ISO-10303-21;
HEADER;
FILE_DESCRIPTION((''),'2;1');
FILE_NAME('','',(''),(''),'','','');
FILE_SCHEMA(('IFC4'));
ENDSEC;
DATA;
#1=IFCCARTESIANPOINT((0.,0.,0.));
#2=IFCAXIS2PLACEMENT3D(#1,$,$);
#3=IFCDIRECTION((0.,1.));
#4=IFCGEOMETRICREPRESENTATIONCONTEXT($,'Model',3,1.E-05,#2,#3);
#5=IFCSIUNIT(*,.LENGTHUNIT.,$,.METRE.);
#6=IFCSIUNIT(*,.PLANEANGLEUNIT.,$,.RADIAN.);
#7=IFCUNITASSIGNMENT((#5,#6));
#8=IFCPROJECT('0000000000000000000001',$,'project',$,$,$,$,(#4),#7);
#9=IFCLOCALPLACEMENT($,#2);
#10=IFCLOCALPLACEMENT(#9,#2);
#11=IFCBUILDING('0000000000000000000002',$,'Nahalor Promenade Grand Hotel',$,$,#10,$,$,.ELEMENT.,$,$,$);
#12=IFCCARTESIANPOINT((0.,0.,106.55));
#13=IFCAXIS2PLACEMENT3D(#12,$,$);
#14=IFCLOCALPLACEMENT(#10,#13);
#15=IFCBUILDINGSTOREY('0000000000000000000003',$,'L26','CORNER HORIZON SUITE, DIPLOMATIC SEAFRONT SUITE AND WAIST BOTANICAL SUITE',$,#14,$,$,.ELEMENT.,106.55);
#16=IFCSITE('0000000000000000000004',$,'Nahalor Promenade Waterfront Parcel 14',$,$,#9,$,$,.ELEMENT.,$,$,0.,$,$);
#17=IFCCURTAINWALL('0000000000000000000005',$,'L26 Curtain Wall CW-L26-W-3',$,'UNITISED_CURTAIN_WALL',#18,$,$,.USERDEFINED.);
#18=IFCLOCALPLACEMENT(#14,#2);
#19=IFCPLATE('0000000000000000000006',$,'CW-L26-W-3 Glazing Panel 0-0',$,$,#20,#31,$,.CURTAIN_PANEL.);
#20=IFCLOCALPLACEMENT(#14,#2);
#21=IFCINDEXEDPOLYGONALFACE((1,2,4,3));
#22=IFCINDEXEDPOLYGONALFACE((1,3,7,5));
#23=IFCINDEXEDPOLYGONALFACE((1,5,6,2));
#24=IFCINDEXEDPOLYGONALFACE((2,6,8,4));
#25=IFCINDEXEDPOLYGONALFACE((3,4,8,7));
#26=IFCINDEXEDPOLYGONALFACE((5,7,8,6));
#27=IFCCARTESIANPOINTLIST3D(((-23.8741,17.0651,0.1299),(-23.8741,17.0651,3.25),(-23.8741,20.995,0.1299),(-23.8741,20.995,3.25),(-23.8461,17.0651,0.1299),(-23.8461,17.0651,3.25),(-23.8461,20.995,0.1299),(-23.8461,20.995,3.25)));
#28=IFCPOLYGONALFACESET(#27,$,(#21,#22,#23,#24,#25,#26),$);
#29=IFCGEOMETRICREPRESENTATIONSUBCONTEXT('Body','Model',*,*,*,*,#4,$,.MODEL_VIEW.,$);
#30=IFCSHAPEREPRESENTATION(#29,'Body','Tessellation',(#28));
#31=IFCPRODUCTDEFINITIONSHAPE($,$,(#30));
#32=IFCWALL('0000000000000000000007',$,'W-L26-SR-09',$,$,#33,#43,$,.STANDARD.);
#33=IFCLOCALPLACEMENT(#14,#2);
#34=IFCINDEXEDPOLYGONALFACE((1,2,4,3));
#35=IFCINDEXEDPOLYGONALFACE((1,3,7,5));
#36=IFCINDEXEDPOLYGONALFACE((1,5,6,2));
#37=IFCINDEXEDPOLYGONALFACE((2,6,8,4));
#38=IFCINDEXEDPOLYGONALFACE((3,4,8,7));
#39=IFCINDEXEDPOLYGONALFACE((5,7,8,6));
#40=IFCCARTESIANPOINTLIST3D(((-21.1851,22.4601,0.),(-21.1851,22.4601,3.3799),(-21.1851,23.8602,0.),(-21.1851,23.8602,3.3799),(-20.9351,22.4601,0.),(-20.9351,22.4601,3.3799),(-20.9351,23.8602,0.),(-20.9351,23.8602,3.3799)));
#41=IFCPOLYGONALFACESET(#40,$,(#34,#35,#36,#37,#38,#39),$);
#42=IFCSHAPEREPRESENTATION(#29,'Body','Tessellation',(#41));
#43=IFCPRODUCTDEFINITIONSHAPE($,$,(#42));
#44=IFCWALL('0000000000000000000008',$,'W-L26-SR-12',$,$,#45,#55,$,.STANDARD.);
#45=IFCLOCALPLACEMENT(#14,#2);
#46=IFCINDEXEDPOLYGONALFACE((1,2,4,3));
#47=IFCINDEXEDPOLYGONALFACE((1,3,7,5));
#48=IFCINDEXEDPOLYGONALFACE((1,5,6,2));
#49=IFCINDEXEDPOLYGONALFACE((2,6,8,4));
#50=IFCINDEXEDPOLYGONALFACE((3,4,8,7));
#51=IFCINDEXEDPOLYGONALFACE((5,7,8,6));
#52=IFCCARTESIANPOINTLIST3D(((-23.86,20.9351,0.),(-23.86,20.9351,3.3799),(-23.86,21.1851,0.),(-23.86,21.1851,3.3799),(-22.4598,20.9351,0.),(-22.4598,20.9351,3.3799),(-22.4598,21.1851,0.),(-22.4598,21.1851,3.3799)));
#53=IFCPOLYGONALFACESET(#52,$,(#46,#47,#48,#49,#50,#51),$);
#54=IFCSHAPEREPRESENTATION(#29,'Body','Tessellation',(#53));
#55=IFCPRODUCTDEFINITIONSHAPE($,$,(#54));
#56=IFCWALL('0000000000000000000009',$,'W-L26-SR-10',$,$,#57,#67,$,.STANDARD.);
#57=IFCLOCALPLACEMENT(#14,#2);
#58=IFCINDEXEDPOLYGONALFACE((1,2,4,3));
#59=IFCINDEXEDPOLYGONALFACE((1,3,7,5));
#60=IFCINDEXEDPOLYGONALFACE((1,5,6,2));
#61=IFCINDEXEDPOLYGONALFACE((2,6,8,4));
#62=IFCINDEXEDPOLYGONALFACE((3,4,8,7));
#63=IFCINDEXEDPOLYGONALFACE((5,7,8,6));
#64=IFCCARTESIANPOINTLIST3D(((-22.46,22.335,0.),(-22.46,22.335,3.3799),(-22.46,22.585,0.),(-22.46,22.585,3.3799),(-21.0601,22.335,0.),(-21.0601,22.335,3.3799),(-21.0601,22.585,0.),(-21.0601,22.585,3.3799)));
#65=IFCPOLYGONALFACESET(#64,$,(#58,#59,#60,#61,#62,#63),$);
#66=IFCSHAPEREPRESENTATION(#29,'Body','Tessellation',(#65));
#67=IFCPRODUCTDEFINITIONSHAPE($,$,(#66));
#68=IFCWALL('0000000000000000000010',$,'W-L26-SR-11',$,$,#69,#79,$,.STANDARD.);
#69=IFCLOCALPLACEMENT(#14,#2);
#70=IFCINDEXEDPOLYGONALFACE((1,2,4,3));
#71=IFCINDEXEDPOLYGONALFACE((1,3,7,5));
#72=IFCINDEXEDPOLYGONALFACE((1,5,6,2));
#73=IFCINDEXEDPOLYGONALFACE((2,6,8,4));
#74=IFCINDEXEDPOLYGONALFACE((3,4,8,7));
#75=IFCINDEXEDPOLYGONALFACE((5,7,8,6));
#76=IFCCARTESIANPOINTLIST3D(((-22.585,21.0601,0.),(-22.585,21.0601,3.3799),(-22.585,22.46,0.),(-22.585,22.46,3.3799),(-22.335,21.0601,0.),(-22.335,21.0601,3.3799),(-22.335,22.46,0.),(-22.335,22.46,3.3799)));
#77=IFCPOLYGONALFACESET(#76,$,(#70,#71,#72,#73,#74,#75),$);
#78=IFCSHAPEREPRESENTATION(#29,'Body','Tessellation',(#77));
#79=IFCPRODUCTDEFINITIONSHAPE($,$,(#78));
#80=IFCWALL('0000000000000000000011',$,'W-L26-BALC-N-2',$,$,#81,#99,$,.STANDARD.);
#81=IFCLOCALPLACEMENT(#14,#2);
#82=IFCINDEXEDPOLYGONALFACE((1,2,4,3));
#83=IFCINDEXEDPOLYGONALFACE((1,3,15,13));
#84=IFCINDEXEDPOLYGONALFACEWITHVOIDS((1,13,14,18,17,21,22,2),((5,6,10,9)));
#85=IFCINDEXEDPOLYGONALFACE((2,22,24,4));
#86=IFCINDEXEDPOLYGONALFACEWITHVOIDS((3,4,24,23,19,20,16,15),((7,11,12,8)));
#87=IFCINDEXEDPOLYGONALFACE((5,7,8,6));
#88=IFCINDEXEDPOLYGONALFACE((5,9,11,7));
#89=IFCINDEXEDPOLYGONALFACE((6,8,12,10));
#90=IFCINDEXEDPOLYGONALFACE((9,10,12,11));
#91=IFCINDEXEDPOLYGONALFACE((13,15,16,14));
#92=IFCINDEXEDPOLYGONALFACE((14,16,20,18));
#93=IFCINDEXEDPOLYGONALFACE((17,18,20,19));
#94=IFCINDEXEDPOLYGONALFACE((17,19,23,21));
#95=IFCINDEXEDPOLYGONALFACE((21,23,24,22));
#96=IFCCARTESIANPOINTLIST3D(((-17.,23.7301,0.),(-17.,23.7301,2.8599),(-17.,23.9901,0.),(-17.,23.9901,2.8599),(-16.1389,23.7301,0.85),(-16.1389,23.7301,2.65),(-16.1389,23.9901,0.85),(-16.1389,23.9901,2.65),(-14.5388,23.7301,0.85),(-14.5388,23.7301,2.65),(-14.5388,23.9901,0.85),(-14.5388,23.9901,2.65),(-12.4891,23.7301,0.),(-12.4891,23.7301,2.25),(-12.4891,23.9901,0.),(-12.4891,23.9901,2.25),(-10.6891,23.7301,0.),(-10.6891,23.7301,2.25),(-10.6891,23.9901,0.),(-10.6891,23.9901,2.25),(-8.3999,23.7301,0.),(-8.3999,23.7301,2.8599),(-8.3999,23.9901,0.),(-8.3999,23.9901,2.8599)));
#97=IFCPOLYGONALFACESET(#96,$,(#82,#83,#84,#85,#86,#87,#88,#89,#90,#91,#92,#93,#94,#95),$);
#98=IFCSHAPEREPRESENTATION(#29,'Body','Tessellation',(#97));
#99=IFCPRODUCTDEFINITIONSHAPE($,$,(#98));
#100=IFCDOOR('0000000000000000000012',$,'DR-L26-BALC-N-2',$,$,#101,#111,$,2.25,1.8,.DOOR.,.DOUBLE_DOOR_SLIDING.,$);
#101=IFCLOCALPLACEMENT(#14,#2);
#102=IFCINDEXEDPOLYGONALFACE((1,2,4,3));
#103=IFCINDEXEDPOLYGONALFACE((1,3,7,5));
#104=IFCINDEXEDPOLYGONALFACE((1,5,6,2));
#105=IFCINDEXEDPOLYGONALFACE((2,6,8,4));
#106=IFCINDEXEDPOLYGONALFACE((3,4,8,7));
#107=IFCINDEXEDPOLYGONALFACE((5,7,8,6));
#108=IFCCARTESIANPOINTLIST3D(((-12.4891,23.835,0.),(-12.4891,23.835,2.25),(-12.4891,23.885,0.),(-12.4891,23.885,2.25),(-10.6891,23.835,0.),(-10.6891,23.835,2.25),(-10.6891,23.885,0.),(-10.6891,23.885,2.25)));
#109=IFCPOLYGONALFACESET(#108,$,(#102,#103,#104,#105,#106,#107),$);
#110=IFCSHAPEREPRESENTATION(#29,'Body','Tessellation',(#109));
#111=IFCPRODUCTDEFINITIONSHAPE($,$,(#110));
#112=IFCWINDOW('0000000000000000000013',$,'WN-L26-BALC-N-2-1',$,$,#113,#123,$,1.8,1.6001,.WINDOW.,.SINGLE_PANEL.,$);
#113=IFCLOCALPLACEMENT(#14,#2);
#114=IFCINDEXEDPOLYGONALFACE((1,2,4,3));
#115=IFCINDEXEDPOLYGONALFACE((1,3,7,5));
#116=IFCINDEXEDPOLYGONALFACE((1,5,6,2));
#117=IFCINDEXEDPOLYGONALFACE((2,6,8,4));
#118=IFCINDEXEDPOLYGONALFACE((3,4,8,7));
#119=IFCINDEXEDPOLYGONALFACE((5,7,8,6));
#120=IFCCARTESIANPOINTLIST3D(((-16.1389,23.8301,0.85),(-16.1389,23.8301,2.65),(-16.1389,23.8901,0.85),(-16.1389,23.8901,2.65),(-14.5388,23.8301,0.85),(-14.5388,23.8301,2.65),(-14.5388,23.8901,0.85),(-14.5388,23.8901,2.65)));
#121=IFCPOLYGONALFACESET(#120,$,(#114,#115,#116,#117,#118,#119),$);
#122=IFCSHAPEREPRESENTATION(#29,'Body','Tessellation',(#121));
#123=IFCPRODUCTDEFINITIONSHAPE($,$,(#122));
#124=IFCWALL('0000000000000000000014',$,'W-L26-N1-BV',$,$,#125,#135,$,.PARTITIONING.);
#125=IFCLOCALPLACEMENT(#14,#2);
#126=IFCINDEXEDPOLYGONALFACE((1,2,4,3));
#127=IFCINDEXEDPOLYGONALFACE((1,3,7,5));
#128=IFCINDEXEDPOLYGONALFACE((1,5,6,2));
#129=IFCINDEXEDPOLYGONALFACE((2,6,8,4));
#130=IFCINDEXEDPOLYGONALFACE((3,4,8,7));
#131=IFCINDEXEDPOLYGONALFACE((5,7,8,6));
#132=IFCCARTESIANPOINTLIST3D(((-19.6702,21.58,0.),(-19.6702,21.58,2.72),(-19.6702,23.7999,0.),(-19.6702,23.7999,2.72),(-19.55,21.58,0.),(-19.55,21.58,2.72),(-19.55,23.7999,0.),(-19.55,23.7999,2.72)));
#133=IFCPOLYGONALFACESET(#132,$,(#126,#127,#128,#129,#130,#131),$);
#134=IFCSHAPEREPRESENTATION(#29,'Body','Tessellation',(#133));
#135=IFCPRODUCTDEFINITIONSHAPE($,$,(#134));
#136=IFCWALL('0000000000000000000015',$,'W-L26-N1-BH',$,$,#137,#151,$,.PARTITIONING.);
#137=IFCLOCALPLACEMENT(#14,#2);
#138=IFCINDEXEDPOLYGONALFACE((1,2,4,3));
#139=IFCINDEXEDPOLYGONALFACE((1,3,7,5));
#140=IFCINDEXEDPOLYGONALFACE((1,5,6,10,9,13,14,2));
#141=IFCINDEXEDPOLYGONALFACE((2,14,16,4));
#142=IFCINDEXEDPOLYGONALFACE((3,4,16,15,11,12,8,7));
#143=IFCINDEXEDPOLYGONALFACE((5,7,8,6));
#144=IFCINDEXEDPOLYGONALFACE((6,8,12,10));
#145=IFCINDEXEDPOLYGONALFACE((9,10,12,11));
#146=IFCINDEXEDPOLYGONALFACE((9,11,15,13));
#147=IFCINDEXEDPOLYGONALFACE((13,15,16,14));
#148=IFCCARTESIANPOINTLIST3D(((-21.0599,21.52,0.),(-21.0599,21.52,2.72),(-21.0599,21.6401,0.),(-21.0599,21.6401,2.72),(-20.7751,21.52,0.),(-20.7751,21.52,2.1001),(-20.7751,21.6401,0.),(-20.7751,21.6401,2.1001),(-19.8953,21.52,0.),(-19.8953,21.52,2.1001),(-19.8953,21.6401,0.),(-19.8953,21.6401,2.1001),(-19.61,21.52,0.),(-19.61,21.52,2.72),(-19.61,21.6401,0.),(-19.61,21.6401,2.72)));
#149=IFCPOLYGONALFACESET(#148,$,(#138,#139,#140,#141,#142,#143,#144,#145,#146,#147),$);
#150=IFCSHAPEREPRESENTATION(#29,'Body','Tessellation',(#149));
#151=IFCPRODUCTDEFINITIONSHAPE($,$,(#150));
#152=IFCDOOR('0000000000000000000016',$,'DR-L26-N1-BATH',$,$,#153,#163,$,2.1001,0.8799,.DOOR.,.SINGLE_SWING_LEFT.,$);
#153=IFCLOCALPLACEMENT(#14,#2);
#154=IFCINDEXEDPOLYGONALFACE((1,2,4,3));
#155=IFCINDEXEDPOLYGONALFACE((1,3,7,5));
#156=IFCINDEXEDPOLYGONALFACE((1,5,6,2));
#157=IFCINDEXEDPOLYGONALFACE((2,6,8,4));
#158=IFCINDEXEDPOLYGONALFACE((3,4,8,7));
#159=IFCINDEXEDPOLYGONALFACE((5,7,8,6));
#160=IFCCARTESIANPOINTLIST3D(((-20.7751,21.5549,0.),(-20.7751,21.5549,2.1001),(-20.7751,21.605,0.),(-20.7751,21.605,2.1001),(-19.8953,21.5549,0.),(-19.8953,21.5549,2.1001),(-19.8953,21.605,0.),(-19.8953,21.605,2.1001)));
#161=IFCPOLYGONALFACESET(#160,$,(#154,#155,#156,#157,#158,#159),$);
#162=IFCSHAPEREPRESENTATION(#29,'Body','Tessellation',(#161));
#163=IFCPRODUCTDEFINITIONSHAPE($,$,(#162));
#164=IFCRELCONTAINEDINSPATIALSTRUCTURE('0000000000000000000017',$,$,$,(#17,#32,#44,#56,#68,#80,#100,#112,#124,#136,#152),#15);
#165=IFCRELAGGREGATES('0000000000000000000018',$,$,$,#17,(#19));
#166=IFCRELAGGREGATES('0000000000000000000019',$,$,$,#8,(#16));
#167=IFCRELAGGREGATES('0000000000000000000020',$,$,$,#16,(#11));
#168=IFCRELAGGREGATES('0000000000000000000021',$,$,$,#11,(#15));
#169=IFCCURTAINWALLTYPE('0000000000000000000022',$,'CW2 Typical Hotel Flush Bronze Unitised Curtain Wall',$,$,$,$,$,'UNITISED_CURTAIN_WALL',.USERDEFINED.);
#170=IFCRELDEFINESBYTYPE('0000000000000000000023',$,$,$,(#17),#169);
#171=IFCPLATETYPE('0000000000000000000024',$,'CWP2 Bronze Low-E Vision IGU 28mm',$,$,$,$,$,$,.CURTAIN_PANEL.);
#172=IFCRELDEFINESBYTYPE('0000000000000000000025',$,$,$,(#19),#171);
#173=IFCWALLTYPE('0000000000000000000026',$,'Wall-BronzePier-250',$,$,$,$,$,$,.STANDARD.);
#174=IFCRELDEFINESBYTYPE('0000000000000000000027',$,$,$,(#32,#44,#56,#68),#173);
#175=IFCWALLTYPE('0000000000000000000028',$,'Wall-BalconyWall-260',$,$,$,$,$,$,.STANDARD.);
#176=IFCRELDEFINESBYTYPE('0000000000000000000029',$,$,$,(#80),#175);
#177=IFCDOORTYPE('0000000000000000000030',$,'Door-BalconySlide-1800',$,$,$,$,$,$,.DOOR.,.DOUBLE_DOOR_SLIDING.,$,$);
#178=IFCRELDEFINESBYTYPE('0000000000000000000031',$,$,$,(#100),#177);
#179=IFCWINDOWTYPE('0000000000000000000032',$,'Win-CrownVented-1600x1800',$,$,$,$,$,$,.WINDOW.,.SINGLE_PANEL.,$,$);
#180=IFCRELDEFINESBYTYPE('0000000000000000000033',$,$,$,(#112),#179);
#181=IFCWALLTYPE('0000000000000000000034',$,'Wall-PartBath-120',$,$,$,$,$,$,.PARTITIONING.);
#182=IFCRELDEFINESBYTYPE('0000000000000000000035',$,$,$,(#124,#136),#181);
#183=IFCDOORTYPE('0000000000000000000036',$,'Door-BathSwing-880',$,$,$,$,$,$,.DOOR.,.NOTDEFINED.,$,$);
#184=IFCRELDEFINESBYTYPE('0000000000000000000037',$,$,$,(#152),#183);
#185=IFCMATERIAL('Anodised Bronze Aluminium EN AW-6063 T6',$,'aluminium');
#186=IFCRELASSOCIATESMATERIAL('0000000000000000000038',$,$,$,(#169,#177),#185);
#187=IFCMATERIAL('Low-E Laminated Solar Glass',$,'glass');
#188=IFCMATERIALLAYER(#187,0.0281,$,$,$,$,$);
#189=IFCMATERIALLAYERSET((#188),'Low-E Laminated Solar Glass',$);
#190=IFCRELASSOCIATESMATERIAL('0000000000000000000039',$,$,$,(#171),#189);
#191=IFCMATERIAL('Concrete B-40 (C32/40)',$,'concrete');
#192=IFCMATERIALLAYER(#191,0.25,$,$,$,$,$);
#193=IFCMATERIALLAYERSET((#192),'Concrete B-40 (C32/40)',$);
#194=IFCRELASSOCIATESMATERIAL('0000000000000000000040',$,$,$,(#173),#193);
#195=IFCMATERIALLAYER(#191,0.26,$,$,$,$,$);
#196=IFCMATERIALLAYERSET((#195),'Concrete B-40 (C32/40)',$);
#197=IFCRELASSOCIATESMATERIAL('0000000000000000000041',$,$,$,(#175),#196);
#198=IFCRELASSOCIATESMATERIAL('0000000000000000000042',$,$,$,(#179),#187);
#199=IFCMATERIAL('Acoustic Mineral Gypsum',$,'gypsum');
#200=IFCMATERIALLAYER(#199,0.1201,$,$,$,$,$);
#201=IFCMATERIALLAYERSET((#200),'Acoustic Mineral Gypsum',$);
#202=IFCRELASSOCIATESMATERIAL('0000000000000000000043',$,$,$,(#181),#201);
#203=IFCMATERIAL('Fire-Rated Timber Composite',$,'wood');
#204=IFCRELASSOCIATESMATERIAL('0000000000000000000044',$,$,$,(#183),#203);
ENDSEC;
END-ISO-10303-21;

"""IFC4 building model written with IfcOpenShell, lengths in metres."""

from ifc_helpers import new_model, si_unit, direction, frame, frame_2d, origin, origin_2d, place, context, subcontext, project, spatial, rectangle, extrude, source, transform, mapped, material, layer, layer_set, type_object, element, fill, aggregate, save


model = new_model("IFC4")

# Units and contexts
model_context = context("Model", 3, precision=1e-05, world=origin(), true_north=direction((0.0, 1.0)))
body_context = subcontext(model_context, "Body", "Model", "MODEL_VIEW")
ifc_project = project(units=[si_unit("LENGTHUNIT", "METRE"), si_unit("PLANEANGLEUNIT", "RADIAN")], contexts=[model_context])

# Site, building, storey
site_placement = place(None, origin())
site = spatial("IfcSite", under=ifc_project, at=site_placement, Name="Nahalor Promenade Waterfront Parcel 14", CompositionType="ELEMENT", RefElevation=0.0)
building_placement = place(site_placement, origin())
building = spatial("IfcBuilding", under=site, at=building_placement, Name="Nahalor Promenade Grand Hotel", CompositionType="ELEMENT")
storey_placement = place(building_placement, frame((0.0, 0.0, 106.55)))
storey = spatial("IfcBuildingStorey", under=building, at=storey_placement, Name="L26", Description="CORNER HORIZON SUITE, DIPLOMATIC SEAFRONT SUITE AND WAIST BOTANICAL SUITE", CompositionType="ELEMENT", Elevation=106.55)

# Curtain wall
ifc_material_1 = material(Name="Anodised Bronze Aluminium EN AW-6063 T6", Category="aluminium")
curtain_wall_type = type_object("IfcCurtainWallType", Name="CW2 Typical Hotel Flush Bronze Unitised Curtain Wall", ElementType="UNITISED_CURTAIN_WALL", PredefinedType="USERDEFINED", material=ifc_material_1)
curtain_wall_1_placement = place(storey_placement, origin())
curtain_wall_1 = element("IfcCurtainWall", 1, at=curtain_wall_1_placement, inside=storey, type_object=curtain_wall_type, Name="L26 Curtain Wall CW-L26-W-3", ObjectType="UNITISED_CURTAIN_WALL", PredefinedType="USERDEFINED")

# Plate
ifc_material_2 = material(Name="Low-E Laminated Solar Glass", Category="glass")
ifc_layer_1 = layer(ifc_material_2, 0.0281)
ifc_layer_set_1 = layer_set([ifc_layer_1], Name="Low-E Laminated Solar Glass")
plate_type = type_object("IfcPlateType", Name="CWP2 Bronze Low-E Vision IGU 28mm", PredefinedType="CURTAIN_PANEL", material=ifc_layer_set_1)
shared_shape_1 = source(origin(), body_context, "Body", "SweptSolid", [
    extrude(rectangle(XDim=3.9299, YDim=0.0281, at=origin_2d()), origin(), (0.0, 0.0, 1.0), 3.1201),
])
plate_1_placement = place(storey_placement, frame((-23.8601, 19.03, 0.1299), z_axis=(0.0, 0.0, 1.0), x_axis=(0.0, 1.0, 0.0)))
plate_1 = element("IfcPlate", 2, at=plate_1_placement, type_object=plate_type, Name="CW-L26-W-3 Glazing Panel 0-0", PredefinedType="CURTAIN_PANEL", context=body_context, shape_type="MappedRepresentation", body=[
    mapped(shared_shape_1, transform((0.0, 0.0, 0.0), scale=1.0)),
])
aggregate(curtain_wall_1, [plate_1])

# Walls
ifc_material_3 = material(Name="Concrete B-40 (C32/40)", Category="concrete")
ifc_layer_2 = layer(ifc_material_3, 0.25)
ifc_layer_set_2 = layer_set([ifc_layer_2], Name="Concrete B-40 (C32/40)")
wall_type_1 = type_object("IfcWallType", Name="Wall-BronzePier-250", PredefinedType="STANDARD", material=ifc_layer_set_2)
shared_shape_2 = source(origin(), body_context, "Body", "SweptSolid", [
    extrude(rectangle(XDim=1.4001, YDim=0.25, at=frame_2d((0.7002, 0.0))), origin(), (0.0, 0.0, 1.0), 3.3799),
])
for number, where, z_axis, x_axis, name in (
    (3, (-21.0601, 22.46, 0.0), (0.0, 0.0, 1.0), (0.0, 1.0, 0.0), "W-L26-SR-09"),
    (4, (-23.8601, 21.0601, 0.0), (0.0, 0.0, 1.0), (1.0, 0.0, 0.0), "W-L26-SR-12"),
):
    element("IfcWall", number, at=place(storey_placement, frame(where, z_axis=z_axis, x_axis=x_axis)), inside=storey, type_object=wall_type_1, Name=name, PredefinedType="STANDARD", context=body_context, shape_type="MappedRepresentation", body=[
        mapped(shared_shape_2, transform((0.0, 0.0, 0.0), scale=1.0)),
    ])
shared_shape_3 = source(origin(), body_context, "Body", "SweptSolid", [
    extrude(rectangle(XDim=1.3999, YDim=0.25, at=frame_2d((0.7, 0.0))), origin(), (0.0, 0.0, 1.0), 3.3799),
])
for number, where, z_axis, x_axis, name in (
    (5, (-22.46, 22.46, 0.0), (0.0, 0.0, 1.0), (1.0, 0.0, 0.0), "W-L26-SR-10"),
    (6, (-22.46, 21.0601, 0.0), (0.0, 0.0, 1.0), (0.0, 1.0, 0.0), "W-L26-SR-11"),
):
    element("IfcWall", number, at=place(storey_placement, frame(where, z_axis=z_axis, x_axis=x_axis)), inside=storey, type_object=wall_type_1, Name=name, PredefinedType="STANDARD", context=body_context, shape_type="MappedRepresentation", body=[
        mapped(shared_shape_3, transform((0.0, 0.0, 0.0), scale=1.0)),
    ])

# Wall, openings, door, window
ifc_layer_3 = layer(ifc_material_3, 0.26)
ifc_layer_set_3 = layer_set([ifc_layer_3], Name="Concrete B-40 (C32/40)")
wall_type_2 = type_object("IfcWallType", Name="Wall-BalconyWall-260", PredefinedType="STANDARD", material=ifc_layer_set_3)
shared_shape_4 = source(origin(), body_context, "Body", "SweptSolid", [
    extrude(rectangle(XDim=8.6001, YDim=0.26, at=frame_2d((4.3, 0.0))), origin(), (0.0, 0.0, 1.0), 2.8599),
])
wall_1_placement = place(storey_placement, frame((-17.0, 23.8601, 0.0), z_axis=(0.0, 0.0, 1.0), x_axis=(1.0, 0.0, 0.0)))
wall_1 = element("IfcWall", 7, at=wall_1_placement, inside=storey, type_object=wall_type_2, Name="W-L26-BALC-N-2", PredefinedType="STANDARD", context=body_context, shape_type="MappedRepresentation", body=[
    mapped(shared_shape_4, transform((0.0, 0.0, 0.0), scale=1.0)),
])
opening_1_placement = place(wall_1_placement, frame((4.511, 0.0, 0.0)))
opening_1 = element("IfcOpeningElement", 8, at=opening_1_placement, cuts=wall_1, PredefinedType="OPENING", context=body_context, shape_type="SweptSolid", body=[
    extrude(rectangle(XDim=1.8, YDim=2.25, at=frame_2d((0.8999, 1.125))), frame((0.0, 0.1399, 0.0), z_axis=(0.0, -1.0, 0.0), x_axis=(1.0, 0.0, 0.0)), (0.0, 0.0, 1.0), 0.28),
])
opening_2_placement = place(wall_1_placement, frame((0.8611, 0.0, 0.8501)))
opening_2 = element("IfcOpeningElement", 9, at=opening_2_placement, cuts=wall_1, PredefinedType="OPENING", context=body_context, shape_type="SweptSolid", body=[
    extrude(rectangle(XDim=1.6001, YDim=1.8, at=frame_2d((0.8, 0.8999))), frame((0.0, 0.1399, 0.0), z_axis=(0.0, -1.0, 0.0), x_axis=(1.0, 0.0, 0.0)), (0.0, 0.0, 1.0), 0.28),
])
door_type_1 = type_object("IfcDoorType", Name="Door-BalconySlide-1800", OperationType="DOUBLE_DOOR_SLIDING", PredefinedType="DOOR", material=ifc_material_1)
shared_shape_5 = source(origin(), body_context, "Body", "SweptSolid", [
    extrude(rectangle(XDim=1.8, YDim=2.25, at=frame_2d((0.8999, 1.125))), frame((0.0, 0.0249, 0.0), z_axis=(0.0, -1.0, 0.0), x_axis=(1.0, 0.0, 0.0)), (0.0, 0.0, 1.0), 0.05),
])
door_1_placement = place(opening_1_placement, origin())
door_1 = element("IfcDoor", 10, at=door_1_placement, inside=storey, type_object=door_type_1, Name="DR-L26-BALC-N-2", OperationType="DOUBLE_DOOR_SLIDING", OverallHeight=2.25, OverallWidth=1.8, PredefinedType="DOOR", context=body_context, shape_type="MappedRepresentation", body=[
    mapped(shared_shape_5, transform((0.0, 0.0, 0.0), scale=1.0)),
])
fill(opening_1, door_1)
window_type = type_object("IfcWindowType", Name="Win-CrownVented-1600x1800", PartitioningType="SINGLE_PANEL", PredefinedType="WINDOW", material=ifc_material_2)
shared_shape_6 = source(origin(), body_context, "Body", "SweptSolid", [
    extrude(rectangle(XDim=1.6001, YDim=1.8, at=frame_2d((0.8, 0.8999))), frame((0.0, 0.03, 0.0), z_axis=(0.0, -1.0, 0.0), x_axis=(1.0, 0.0, 0.0)), (0.0, 0.0, 1.0), 0.0601),
])
window_placement = place(opening_2_placement, origin())
window = element("IfcWindow", 11, at=window_placement, inside=storey, type_object=window_type, Name="WN-L26-BALC-N-2-1", OverallHeight=1.8, OverallWidth=1.6001, PartitioningType="SINGLE_PANEL", PredefinedType="WINDOW", context=body_context, shape_type="MappedRepresentation", body=[
    mapped(shared_shape_6, transform((0.0, 0.0, 0.0), scale=1.0)),
])
fill(opening_2, window)

# Wall
ifc_material_4 = material(Name="Acoustic Mineral Gypsum", Category="gypsum")
ifc_layer_4 = layer(ifc_material_4, 0.1201)
ifc_layer_set_4 = layer_set([ifc_layer_4], Name="Acoustic Mineral Gypsum")
wall_type_3 = type_object("IfcWallType", Name="Wall-PartBath-120", PredefinedType="PARTITIONING", material=ifc_layer_set_4)
shared_shape_7 = source(origin(), body_context, "Body", "SweptSolid", [
    extrude(rectangle(XDim=2.22, YDim=0.1201, at=frame_2d((1.1099, 0.0))), origin(), (0.0, 0.0, 1.0), 2.72),
])
wall_2_placement = place(storey_placement, frame((-19.6101, 21.5801, 0.0), z_axis=(0.0, 0.0, 1.0), x_axis=(0.0, 1.0, 0.0)))
element("IfcWall", 12, at=wall_2_placement, inside=storey, type_object=wall_type_3, Name="W-L26-N1-BV", PredefinedType="PARTITIONING", context=body_context, shape_type="MappedRepresentation", body=[
    mapped(shared_shape_7, transform((0.0, 0.0, 0.0), scale=1.0)),
])

# Wall, opening, door
shared_shape_8 = source(origin(), body_context, "Body", "SweptSolid", [
    extrude(rectangle(XDim=1.45, YDim=0.1201, at=frame_2d((0.7251, 0.0))), origin(), (0.0, 0.0, 1.0), 2.72),
])
wall_3_placement = place(storey_placement, frame((-21.0601, 21.5801, 0.0), z_axis=(0.0, 0.0, 1.0), x_axis=(1.0, 0.0, 0.0)))
wall_3 = element("IfcWall", 13, at=wall_3_placement, inside=storey, type_object=wall_type_3, Name="W-L26-N1-BH", PredefinedType="PARTITIONING", context=body_context, shape_type="MappedRepresentation", body=[
    mapped(shared_shape_8, transform((0.0, 0.0, 0.0), scale=1.0)),
])
opening_3_placement = place(wall_3_placement, frame((0.2849, 0.0, 0.0)))
opening_3 = element("IfcOpeningElement", 14, at=opening_3_placement, cuts=wall_3, PredefinedType="OPENING", context=body_context, shape_type="SweptSolid", body=[
    extrude(rectangle(XDim=0.8799, YDim=2.1001, at=frame_2d((0.4399, 1.05))), frame((0.0, 0.0701, 0.0), z_axis=(0.0, -1.0, 0.0), x_axis=(1.0, 0.0, 0.0)), (0.0, 0.0, 1.0), 0.1401),
])
ifc_material_5 = material(Name="Fire-Rated Timber Composite", Category="wood")
door_type_2 = type_object("IfcDoorType", Name="Door-BathSwing-880", OperationType="NOTDEFINED", PredefinedType="DOOR", material=ifc_material_5)
shared_shape_9 = source(origin(), body_context, "Body", "SweptSolid", [
    extrude(rectangle(XDim=0.8799, YDim=2.1001, at=frame_2d((0.4399, 1.05))), frame((0.0, 0.0249, 0.0), z_axis=(0.0, -1.0, 0.0), x_axis=(1.0, 0.0, 0.0)), (0.0, 0.0, 1.0), 0.05),
])
door_2_placement = place(opening_3_placement, origin())
door_2 = element("IfcDoor", 15, at=door_2_placement, inside=storey, type_object=door_type_2, Name="DR-L26-N1-BATH", OperationType="SINGLE_SWING_LEFT", OverallHeight=2.1001, OverallWidth=0.8799, PredefinedType="DOOR", context=body_context, shape_type="MappedRepresentation", body=[
    mapped(shared_shape_9, transform((0.0, 0.0, 0.0), scale=1.0)),
])
fill(opening_3, door_2)

save(model, "model.ifc")
